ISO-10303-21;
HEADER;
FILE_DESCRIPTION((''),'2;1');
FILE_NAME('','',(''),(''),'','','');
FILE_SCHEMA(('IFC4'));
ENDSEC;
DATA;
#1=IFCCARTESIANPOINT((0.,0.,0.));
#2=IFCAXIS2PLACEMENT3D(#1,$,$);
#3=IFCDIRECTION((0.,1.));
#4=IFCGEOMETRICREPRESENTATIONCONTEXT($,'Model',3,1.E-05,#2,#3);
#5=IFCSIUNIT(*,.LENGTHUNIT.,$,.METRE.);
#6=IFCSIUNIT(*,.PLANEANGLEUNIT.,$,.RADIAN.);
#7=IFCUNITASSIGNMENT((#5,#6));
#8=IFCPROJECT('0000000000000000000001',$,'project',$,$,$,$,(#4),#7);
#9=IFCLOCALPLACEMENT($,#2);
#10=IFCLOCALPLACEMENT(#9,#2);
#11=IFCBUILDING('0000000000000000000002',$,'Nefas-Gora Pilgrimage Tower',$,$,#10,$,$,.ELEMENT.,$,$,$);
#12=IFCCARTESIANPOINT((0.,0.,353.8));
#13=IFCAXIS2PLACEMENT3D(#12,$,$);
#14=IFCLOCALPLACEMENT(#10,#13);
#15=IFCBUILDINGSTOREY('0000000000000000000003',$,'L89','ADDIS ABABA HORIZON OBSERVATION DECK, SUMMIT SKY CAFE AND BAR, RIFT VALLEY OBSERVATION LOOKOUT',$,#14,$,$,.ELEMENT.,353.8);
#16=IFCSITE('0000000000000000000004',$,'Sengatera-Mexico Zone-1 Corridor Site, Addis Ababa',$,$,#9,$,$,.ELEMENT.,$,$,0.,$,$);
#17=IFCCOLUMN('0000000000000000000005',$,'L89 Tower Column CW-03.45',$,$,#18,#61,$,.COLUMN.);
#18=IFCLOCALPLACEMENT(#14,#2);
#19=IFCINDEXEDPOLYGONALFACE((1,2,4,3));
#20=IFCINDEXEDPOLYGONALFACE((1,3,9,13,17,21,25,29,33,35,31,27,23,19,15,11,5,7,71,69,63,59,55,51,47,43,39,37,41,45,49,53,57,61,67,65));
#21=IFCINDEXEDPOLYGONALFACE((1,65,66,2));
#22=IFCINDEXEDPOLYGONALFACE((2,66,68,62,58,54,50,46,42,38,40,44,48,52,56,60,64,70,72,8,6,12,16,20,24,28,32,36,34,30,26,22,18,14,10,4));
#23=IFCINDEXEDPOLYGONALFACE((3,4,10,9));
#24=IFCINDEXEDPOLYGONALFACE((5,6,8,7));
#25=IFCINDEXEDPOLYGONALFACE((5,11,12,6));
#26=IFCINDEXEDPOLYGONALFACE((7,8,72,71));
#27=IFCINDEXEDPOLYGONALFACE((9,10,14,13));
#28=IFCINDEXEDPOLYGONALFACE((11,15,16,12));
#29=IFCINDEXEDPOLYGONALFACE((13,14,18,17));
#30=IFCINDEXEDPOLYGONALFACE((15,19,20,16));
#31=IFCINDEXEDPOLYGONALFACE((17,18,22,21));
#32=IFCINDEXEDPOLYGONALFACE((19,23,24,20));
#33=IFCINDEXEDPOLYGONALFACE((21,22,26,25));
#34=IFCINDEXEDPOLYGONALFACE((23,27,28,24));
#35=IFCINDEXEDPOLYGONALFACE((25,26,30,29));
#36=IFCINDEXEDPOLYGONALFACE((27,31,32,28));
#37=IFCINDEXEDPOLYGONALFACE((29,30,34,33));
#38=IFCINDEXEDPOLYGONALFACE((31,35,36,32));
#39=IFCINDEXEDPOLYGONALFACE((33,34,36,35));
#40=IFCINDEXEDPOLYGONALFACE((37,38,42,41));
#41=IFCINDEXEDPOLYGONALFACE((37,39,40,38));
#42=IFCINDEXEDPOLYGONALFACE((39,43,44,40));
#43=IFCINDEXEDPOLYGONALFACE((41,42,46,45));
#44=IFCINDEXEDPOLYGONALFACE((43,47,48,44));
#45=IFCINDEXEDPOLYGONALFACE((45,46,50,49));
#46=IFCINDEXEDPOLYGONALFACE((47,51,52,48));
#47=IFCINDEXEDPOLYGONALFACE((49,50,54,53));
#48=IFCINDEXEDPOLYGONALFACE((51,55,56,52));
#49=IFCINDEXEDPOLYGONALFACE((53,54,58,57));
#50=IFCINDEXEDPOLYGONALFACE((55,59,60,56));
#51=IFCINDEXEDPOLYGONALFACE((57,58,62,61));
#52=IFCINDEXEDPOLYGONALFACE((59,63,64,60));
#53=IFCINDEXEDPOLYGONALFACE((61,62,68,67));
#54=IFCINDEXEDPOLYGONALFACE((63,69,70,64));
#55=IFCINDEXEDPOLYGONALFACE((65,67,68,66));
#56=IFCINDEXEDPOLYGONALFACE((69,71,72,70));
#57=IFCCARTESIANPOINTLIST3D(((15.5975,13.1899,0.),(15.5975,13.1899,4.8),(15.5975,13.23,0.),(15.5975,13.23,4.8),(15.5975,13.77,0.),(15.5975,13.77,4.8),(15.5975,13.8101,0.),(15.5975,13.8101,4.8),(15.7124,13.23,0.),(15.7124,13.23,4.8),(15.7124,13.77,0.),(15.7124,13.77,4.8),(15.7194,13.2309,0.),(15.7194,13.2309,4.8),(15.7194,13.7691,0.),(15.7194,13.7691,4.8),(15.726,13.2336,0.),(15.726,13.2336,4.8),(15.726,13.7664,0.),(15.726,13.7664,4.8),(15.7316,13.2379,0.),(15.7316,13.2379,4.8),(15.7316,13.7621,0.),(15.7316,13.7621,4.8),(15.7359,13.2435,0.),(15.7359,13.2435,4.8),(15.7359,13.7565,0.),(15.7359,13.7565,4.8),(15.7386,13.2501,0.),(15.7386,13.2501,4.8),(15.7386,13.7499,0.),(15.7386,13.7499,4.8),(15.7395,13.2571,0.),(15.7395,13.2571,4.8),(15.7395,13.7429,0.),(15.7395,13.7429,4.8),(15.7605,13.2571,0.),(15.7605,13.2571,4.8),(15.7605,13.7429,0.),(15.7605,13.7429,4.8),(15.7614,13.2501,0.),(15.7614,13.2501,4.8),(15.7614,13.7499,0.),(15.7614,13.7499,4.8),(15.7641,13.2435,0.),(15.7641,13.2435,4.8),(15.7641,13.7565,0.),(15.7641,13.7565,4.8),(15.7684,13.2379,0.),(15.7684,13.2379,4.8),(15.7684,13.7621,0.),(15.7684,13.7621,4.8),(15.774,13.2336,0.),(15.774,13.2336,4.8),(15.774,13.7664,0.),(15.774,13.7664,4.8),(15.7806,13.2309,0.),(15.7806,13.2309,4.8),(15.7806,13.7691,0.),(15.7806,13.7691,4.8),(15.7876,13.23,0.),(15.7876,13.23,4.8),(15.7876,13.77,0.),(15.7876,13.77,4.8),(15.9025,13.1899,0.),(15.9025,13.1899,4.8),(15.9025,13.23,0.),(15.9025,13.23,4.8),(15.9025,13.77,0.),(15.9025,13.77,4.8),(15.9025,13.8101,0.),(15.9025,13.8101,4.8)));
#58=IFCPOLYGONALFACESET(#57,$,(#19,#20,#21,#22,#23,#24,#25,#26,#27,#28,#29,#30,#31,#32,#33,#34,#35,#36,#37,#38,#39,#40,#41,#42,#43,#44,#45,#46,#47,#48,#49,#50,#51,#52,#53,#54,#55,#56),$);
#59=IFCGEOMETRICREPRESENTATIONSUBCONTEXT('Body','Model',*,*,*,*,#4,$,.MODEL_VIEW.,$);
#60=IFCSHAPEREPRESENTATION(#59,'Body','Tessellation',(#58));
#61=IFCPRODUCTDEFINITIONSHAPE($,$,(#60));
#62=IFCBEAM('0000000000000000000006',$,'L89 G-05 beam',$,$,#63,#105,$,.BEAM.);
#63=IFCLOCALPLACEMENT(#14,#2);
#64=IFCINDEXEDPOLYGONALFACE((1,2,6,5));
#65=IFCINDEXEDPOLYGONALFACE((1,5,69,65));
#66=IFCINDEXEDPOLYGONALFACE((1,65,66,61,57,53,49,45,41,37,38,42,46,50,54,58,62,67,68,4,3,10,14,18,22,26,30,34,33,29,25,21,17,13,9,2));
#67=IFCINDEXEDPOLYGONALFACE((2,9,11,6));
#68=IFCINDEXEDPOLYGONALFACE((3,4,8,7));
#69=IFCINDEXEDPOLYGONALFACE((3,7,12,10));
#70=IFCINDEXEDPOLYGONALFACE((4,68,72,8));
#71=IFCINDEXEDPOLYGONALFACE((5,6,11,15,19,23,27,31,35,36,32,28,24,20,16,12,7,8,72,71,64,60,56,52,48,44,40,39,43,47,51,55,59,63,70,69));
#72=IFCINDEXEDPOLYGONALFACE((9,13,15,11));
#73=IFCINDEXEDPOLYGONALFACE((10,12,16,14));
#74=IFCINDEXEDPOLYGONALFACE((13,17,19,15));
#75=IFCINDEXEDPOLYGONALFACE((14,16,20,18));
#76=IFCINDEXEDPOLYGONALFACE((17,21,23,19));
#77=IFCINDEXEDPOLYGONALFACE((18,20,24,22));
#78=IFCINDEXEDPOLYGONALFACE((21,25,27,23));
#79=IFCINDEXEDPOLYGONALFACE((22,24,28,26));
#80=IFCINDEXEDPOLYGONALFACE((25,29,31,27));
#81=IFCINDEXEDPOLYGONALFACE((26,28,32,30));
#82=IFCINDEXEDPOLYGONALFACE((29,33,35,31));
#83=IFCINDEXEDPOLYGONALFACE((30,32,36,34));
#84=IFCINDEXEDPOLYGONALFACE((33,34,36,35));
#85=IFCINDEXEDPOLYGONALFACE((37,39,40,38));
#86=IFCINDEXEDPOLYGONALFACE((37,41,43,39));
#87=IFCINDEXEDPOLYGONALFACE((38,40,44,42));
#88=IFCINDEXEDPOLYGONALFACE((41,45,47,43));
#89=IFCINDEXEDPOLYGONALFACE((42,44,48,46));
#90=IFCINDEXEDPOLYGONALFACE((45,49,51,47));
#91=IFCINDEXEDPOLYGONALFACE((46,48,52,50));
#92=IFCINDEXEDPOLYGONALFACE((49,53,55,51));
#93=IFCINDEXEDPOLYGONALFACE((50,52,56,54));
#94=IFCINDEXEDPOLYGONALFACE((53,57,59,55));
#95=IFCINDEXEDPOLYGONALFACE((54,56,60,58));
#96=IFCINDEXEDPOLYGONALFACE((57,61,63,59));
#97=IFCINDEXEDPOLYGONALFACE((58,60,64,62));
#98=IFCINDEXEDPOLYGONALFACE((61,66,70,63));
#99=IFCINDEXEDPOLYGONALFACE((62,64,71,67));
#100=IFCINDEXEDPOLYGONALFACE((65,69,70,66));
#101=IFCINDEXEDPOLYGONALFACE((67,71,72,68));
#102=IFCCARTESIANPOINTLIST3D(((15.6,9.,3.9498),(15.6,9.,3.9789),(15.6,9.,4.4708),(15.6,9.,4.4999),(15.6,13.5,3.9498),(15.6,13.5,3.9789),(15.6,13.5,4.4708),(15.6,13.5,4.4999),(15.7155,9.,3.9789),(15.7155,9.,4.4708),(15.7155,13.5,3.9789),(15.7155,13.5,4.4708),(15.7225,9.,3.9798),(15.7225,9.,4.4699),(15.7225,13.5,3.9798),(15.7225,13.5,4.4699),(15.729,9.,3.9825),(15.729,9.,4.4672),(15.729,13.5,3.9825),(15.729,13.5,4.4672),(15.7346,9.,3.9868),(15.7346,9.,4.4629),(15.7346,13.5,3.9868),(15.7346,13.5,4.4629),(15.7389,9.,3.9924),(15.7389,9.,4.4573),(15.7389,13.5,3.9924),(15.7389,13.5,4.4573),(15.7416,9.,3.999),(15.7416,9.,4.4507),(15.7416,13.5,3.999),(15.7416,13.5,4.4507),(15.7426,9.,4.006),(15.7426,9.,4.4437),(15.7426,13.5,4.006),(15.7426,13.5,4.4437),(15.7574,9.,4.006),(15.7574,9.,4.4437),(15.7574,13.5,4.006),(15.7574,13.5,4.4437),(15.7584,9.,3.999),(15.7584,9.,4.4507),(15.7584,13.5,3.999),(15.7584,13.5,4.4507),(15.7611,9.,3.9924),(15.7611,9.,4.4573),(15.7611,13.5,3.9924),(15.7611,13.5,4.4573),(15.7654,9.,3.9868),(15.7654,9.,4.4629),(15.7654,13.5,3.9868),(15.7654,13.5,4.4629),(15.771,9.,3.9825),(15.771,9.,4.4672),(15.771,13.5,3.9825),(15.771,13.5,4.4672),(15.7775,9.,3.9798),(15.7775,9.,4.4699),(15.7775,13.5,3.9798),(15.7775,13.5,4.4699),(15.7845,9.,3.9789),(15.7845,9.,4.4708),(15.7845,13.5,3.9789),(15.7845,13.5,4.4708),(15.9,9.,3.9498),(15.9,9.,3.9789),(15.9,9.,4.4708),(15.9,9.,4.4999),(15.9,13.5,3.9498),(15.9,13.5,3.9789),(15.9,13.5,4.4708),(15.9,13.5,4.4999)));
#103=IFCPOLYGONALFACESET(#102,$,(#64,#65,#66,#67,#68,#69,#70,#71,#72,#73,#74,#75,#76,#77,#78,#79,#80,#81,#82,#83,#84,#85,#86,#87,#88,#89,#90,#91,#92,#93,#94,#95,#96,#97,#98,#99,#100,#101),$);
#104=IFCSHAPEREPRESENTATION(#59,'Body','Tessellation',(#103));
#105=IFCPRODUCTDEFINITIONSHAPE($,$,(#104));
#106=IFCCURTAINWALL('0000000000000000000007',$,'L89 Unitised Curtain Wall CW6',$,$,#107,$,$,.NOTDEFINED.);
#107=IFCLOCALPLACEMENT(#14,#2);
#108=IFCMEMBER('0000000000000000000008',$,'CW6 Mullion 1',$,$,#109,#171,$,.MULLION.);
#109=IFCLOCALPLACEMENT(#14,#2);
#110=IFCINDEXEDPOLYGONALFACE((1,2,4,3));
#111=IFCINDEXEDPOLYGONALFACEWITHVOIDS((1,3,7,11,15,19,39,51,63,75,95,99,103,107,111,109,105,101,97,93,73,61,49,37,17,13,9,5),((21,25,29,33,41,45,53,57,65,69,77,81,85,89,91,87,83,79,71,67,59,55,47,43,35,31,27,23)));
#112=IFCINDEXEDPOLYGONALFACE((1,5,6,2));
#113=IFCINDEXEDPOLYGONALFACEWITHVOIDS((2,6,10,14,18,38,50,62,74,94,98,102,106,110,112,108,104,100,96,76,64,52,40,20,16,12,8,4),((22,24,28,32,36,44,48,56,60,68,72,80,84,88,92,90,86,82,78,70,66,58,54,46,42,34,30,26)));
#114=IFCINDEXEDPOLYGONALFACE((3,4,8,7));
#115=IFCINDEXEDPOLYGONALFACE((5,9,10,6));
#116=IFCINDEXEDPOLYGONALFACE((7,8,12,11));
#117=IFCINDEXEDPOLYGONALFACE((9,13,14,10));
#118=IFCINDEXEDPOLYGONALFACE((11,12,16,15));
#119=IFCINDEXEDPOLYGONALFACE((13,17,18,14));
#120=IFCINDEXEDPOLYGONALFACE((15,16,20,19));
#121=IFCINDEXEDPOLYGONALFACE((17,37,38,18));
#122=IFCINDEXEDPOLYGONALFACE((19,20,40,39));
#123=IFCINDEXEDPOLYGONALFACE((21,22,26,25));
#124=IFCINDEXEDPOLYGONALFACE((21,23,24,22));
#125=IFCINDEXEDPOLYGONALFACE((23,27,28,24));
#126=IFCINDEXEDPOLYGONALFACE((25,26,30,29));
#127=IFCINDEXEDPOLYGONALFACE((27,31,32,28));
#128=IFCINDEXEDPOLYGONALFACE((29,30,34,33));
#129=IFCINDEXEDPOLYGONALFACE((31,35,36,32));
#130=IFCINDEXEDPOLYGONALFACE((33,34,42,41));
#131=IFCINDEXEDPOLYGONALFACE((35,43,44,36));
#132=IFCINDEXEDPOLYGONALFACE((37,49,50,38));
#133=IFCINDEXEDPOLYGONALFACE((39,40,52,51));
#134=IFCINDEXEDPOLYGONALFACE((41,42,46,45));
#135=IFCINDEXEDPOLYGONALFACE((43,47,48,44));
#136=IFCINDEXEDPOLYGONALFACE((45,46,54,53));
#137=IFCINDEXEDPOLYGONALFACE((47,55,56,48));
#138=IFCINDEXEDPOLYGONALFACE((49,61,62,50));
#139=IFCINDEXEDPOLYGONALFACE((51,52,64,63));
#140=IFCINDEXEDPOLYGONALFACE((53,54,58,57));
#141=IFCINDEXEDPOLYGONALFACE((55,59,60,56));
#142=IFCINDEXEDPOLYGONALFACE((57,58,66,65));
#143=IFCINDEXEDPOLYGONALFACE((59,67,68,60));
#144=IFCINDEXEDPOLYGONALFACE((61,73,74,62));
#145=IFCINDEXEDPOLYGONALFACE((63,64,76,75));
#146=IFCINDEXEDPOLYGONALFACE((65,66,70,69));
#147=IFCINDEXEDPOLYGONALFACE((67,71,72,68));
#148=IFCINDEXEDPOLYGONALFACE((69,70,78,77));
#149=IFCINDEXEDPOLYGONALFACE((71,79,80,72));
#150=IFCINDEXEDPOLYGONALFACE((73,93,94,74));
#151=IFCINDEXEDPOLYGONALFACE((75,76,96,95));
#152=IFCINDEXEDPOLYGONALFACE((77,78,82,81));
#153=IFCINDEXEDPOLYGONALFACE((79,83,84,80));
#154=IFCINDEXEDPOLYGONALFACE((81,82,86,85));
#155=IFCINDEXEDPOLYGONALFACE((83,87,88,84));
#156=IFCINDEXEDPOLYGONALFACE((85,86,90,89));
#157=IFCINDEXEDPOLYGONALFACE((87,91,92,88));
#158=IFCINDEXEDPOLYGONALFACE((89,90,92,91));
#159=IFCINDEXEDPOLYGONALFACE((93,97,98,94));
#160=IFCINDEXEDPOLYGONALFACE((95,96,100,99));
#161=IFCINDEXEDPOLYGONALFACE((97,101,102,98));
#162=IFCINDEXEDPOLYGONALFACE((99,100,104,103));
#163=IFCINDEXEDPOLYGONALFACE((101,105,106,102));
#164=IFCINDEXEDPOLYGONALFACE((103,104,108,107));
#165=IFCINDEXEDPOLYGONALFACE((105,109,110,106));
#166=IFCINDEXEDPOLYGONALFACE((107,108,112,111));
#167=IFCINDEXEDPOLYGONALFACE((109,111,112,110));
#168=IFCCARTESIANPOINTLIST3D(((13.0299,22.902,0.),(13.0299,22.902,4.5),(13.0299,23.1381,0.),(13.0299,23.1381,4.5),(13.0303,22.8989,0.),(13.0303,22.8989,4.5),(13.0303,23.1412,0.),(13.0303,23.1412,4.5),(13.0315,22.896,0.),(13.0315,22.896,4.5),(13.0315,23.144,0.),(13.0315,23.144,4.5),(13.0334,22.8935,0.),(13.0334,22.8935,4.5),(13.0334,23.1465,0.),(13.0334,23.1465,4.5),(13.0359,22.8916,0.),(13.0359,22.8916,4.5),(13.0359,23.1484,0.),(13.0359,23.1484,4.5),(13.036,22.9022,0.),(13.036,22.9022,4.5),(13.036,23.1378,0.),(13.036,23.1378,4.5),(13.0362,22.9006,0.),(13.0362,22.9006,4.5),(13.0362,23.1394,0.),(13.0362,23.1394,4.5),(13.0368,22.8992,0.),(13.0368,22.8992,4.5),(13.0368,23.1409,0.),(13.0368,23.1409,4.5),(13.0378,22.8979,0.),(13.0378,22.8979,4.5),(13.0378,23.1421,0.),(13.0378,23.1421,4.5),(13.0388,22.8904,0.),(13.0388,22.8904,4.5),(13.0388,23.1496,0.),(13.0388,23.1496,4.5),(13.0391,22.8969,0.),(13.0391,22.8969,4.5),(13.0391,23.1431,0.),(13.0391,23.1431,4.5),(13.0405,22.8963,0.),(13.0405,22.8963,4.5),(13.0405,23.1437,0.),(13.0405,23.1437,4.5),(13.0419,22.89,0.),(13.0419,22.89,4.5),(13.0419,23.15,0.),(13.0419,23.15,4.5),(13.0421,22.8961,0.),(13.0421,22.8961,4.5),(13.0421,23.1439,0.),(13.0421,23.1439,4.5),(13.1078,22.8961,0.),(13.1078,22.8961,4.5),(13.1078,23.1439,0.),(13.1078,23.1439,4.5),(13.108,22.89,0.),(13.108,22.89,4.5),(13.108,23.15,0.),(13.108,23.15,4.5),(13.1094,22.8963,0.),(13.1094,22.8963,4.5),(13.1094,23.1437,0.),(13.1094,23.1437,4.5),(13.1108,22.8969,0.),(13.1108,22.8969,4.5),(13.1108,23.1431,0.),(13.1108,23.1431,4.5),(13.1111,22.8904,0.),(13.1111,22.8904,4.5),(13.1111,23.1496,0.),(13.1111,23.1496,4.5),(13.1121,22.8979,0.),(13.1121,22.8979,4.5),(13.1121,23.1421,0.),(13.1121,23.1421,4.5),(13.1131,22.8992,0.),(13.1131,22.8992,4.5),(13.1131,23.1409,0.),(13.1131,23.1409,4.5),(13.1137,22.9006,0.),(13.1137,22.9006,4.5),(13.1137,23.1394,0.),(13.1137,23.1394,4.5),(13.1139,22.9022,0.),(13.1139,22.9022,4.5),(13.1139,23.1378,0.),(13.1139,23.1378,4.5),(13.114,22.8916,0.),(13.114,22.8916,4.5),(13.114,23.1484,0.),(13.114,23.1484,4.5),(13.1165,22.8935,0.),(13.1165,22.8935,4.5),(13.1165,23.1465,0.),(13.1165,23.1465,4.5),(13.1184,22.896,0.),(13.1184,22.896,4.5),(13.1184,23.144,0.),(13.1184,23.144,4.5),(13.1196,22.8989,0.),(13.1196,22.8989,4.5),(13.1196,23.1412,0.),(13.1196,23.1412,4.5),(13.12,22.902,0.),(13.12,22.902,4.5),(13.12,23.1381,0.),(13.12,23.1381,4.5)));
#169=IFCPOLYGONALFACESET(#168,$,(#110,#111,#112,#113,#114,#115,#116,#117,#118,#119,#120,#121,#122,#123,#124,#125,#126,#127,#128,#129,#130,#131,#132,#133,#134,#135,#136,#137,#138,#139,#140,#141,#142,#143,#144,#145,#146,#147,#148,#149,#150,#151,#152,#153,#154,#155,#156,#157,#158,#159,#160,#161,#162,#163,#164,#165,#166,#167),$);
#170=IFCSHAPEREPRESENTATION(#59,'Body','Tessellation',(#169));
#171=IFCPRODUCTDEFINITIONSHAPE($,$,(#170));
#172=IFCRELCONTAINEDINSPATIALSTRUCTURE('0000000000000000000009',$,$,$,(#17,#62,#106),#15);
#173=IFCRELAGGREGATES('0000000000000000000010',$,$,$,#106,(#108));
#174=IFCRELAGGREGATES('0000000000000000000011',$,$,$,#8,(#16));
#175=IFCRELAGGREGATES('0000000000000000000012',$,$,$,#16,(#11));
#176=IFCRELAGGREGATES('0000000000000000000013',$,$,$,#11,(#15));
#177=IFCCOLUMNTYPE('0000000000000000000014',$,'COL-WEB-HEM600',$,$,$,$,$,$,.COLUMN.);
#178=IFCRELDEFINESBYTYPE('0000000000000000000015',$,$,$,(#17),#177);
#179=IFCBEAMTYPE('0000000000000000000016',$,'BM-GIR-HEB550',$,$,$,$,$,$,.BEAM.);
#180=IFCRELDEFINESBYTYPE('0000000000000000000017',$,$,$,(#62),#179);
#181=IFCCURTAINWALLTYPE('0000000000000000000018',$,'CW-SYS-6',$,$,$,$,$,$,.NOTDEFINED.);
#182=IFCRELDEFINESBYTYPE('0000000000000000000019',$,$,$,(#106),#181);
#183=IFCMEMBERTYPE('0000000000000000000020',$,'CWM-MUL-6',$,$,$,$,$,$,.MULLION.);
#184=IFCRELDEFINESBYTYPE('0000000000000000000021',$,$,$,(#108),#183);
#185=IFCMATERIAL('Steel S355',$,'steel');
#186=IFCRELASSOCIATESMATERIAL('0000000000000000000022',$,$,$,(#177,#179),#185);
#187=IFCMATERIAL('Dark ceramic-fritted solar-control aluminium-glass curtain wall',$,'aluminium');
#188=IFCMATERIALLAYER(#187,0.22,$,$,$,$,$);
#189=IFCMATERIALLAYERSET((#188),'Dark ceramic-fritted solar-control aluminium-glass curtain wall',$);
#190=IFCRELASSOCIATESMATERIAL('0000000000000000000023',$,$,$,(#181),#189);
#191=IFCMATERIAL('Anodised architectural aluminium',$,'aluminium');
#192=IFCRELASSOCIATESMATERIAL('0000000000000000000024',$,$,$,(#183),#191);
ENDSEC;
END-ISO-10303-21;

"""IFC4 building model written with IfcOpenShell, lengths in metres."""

from ifc_helpers import new_model, si_unit, direction, frame, origin, origin_2d, place, context, subcontext, project, spatial, hollow_rectangle, i_section, extrude, source, transform, mapped, material, layer, layer_set, material_profile, profile_set, type_object, element, aggregate, save


model = new_model("IFC4")

# Units and contexts
model_context = context("Model", 3, precision=1e-05, world=origin(), true_north=direction((0.0, 1.0)))
body_context = subcontext(model_context, "Body", "Model", "MODEL_VIEW")
ifc_project = project(units=[si_unit("LENGTHUNIT", "METRE"), si_unit("PLANEANGLEUNIT", "RADIAN")], contexts=[model_context])

# Site, building, storey
site_placement = place(None, origin())
site = spatial("IfcSite", under=ifc_project, at=site_placement, Name="Sengatera-Mexico Zone-1 Corridor Site, Addis Ababa", CompositionType="ELEMENT", RefElevation=0.0)
building_placement = place(site_placement, origin())
building = spatial("IfcBuilding", under=site, at=building_placement, Name="Nefas-Gora Pilgrimage Tower", CompositionType="ELEMENT")
storey_placement = place(building_placement, frame((0.0, 0.0, 353.8)))
storey = spatial("IfcBuildingStorey", under=building, at=storey_placement, Name="L89", Description="ADDIS ABABA HORIZON OBSERVATION DECK, SUMMIT SKY CAFE AND BAR, RIFT VALLEY OBSERVATION LOOKOUT", CompositionType="ELEMENT", Elevation=353.8)

# Column
ifc_material_1 = material(Name="Steel S355", Category="steel")
ifc_material_profile_1 = material_profile(ifc_material_1, i_section(OverallWidth=0.3049, OverallDepth=0.6201, WebThickness=0.021, FlangeThickness=0.04, FilletRadius=0.0271, at=origin_2d()), Name="HEM 600")
ifc_profile_set_1 = profile_set([ifc_material_profile_1], Name="Steel S355")
column_type_1 = type_object("IfcColumnType", Name="COL-WEB-HEM600", PredefinedType="COLUMN", material=ifc_profile_set_1)
shared_shape_1 = source(origin(), body_context, "Body", "SweptSolid", [
    extrude(i_section(OverallWidth=0.3049, OverallDepth=0.6201, WebThickness=0.021, FlangeThickness=0.04, FilletRadius=0.0271, at=origin_2d()), origin(), (0.0, 0.0, 1.0), 4.8),
])
for number, where, z_axis, x_axis, name in (
    (1, (15.75, 13.5, 0.0), (0.0, 0.0, 1.0), (1.0, 0.0, 0.0), "L89 Tower Column CW-03.45"),
):
    element("IfcColumn", number, at=place(storey_placement, frame(where, z_axis=z_axis, x_axis=x_axis)), inside=storey, type_object=column_type_1, Name=name, PredefinedType="COLUMN", context=body_context, shape_type="MappedRepresentation", body=[
        mapped(shared_shape_1, transform((0.0, 0.0, 0.0), x_axis=(1.0, 0.0, 0.0), y_axis=(0.0, 1.0, 0.0), z_axis=(0.0, 0.0, 1.0), scale=1.0)),
    ])

# Beam
ifc_material_profile_2 = material_profile(ifc_material_1, i_section(OverallWidth=0.3, OverallDepth=0.55, WebThickness=0.0149, FlangeThickness=0.0291, FilletRadius=0.0271, at=origin_2d()), Name="HEB 550")
ifc_profile_set_2 = profile_set([ifc_material_profile_2], Name="Steel S355")
beam_type = type_object("IfcBeamType", Name="BM-GIR-HEB550", PredefinedType="BEAM", material=ifc_profile_set_2)
shared_shape_2 = source(origin(), body_context, "Body", "SweptSolid", [
    extrude(i_section(OverallWidth=0.3, OverallDepth=0.55, WebThickness=0.0149, FlangeThickness=0.0291, FilletRadius=0.0271, at=origin_2d()), origin(), (0.0, 0.0, 1.0), 4.5),
])
beam_placement = place(storey_placement, frame((15.75, 9.0, 4.2249), z_axis=(0.0, 1.0, 0.0), x_axis=(-1.0, 0.0, 0.0)))
element("IfcBeam", 2, at=beam_placement, inside=storey, type_object=beam_type, Name="L89 G-05 beam", PredefinedType="BEAM", context=body_context, shape_type="MappedRepresentation", body=[
    mapped(shared_shape_2, transform((0.0, 0.0, 0.0), x_axis=(1.0, 0.0, 0.0), y_axis=(0.0, 1.0, 0.0), z_axis=(0.0, 0.0, 1.0), scale=1.0)),
])

# Curtain wall, member
ifc_material_2 = material(Name="Dark ceramic-fritted solar-control aluminium-glass curtain wall", Category="aluminium")
ifc_layer_1 = layer(ifc_material_2, 0.22)
ifc_layer_set_1 = layer_set([ifc_layer_1], Name="Dark ceramic-fritted solar-control aluminium-glass curtain wall")
curtain_wall_type = type_object("IfcCurtainWallType", Name="CW-SYS-6", PredefinedType="NOTDEFINED", material=ifc_layer_set_1)
curtain_wall_1_placement = place(storey_placement, origin())
curtain_wall_1 = element("IfcCurtainWall", 3, at=curtain_wall_1_placement, inside=storey, type_object=curtain_wall_type, Name="L89 Unitised Curtain Wall CW6", PredefinedType="NOTDEFINED")
ifc_material_3 = material(Name="Anodised architectural aluminium", Category="aluminium")
ifc_material_profile_3 = material_profile(ifc_material_3, hollow_rectangle(XDim=0.0901, YDim=0.26, WallThickness=0.0061, InnerFilletRadius=0.0061, OuterFilletRadius=0.012, at=origin_2d()), Name="ALU MULLION 90x260")
ifc_profile_set_3 = profile_set([ifc_material_profile_3], Name="Anodised architectural aluminium")
member_type_1 = type_object("IfcMemberType", Name="CWM-MUL-6", PredefinedType="MULLION", material=ifc_profile_set_3)
shared_shape_3 = source(origin(), body_context, "Body", "SweptSolid", [
    extrude(hollow_rectangle(XDim=0.0901, YDim=0.26, WallThickness=0.0061, InnerFilletRadius=0.0061, OuterFilletRadius=0.012, at=origin_2d()), origin(), (0.0, 0.0, 1.0), 4.5),
])
member_1_placement = place(storey_placement, frame((13.075, 23.02, 0.0), z_axis=(0.0, 0.0, 1.0), x_axis=(-1.0, 0.0, 0.0)))
member_1 = element("IfcMember", 4, at=member_1_placement, type_object=member_type_1, Name="CW6 Mullion 1", PredefinedType="MULLION", context=body_context, shape_type="MappedRepresentation", body=[
    mapped(shared_shape_3, transform((0.0, 0.0, 0.0), x_axis=(1.0, 0.0, 0.0), y_axis=(0.0, 1.0, 0.0), z_axis=(0.0, 0.0, 1.0), scale=1.0)),
])

aggregate(curtain_wall_1, [member_1])

save(model, "model.ifc")
